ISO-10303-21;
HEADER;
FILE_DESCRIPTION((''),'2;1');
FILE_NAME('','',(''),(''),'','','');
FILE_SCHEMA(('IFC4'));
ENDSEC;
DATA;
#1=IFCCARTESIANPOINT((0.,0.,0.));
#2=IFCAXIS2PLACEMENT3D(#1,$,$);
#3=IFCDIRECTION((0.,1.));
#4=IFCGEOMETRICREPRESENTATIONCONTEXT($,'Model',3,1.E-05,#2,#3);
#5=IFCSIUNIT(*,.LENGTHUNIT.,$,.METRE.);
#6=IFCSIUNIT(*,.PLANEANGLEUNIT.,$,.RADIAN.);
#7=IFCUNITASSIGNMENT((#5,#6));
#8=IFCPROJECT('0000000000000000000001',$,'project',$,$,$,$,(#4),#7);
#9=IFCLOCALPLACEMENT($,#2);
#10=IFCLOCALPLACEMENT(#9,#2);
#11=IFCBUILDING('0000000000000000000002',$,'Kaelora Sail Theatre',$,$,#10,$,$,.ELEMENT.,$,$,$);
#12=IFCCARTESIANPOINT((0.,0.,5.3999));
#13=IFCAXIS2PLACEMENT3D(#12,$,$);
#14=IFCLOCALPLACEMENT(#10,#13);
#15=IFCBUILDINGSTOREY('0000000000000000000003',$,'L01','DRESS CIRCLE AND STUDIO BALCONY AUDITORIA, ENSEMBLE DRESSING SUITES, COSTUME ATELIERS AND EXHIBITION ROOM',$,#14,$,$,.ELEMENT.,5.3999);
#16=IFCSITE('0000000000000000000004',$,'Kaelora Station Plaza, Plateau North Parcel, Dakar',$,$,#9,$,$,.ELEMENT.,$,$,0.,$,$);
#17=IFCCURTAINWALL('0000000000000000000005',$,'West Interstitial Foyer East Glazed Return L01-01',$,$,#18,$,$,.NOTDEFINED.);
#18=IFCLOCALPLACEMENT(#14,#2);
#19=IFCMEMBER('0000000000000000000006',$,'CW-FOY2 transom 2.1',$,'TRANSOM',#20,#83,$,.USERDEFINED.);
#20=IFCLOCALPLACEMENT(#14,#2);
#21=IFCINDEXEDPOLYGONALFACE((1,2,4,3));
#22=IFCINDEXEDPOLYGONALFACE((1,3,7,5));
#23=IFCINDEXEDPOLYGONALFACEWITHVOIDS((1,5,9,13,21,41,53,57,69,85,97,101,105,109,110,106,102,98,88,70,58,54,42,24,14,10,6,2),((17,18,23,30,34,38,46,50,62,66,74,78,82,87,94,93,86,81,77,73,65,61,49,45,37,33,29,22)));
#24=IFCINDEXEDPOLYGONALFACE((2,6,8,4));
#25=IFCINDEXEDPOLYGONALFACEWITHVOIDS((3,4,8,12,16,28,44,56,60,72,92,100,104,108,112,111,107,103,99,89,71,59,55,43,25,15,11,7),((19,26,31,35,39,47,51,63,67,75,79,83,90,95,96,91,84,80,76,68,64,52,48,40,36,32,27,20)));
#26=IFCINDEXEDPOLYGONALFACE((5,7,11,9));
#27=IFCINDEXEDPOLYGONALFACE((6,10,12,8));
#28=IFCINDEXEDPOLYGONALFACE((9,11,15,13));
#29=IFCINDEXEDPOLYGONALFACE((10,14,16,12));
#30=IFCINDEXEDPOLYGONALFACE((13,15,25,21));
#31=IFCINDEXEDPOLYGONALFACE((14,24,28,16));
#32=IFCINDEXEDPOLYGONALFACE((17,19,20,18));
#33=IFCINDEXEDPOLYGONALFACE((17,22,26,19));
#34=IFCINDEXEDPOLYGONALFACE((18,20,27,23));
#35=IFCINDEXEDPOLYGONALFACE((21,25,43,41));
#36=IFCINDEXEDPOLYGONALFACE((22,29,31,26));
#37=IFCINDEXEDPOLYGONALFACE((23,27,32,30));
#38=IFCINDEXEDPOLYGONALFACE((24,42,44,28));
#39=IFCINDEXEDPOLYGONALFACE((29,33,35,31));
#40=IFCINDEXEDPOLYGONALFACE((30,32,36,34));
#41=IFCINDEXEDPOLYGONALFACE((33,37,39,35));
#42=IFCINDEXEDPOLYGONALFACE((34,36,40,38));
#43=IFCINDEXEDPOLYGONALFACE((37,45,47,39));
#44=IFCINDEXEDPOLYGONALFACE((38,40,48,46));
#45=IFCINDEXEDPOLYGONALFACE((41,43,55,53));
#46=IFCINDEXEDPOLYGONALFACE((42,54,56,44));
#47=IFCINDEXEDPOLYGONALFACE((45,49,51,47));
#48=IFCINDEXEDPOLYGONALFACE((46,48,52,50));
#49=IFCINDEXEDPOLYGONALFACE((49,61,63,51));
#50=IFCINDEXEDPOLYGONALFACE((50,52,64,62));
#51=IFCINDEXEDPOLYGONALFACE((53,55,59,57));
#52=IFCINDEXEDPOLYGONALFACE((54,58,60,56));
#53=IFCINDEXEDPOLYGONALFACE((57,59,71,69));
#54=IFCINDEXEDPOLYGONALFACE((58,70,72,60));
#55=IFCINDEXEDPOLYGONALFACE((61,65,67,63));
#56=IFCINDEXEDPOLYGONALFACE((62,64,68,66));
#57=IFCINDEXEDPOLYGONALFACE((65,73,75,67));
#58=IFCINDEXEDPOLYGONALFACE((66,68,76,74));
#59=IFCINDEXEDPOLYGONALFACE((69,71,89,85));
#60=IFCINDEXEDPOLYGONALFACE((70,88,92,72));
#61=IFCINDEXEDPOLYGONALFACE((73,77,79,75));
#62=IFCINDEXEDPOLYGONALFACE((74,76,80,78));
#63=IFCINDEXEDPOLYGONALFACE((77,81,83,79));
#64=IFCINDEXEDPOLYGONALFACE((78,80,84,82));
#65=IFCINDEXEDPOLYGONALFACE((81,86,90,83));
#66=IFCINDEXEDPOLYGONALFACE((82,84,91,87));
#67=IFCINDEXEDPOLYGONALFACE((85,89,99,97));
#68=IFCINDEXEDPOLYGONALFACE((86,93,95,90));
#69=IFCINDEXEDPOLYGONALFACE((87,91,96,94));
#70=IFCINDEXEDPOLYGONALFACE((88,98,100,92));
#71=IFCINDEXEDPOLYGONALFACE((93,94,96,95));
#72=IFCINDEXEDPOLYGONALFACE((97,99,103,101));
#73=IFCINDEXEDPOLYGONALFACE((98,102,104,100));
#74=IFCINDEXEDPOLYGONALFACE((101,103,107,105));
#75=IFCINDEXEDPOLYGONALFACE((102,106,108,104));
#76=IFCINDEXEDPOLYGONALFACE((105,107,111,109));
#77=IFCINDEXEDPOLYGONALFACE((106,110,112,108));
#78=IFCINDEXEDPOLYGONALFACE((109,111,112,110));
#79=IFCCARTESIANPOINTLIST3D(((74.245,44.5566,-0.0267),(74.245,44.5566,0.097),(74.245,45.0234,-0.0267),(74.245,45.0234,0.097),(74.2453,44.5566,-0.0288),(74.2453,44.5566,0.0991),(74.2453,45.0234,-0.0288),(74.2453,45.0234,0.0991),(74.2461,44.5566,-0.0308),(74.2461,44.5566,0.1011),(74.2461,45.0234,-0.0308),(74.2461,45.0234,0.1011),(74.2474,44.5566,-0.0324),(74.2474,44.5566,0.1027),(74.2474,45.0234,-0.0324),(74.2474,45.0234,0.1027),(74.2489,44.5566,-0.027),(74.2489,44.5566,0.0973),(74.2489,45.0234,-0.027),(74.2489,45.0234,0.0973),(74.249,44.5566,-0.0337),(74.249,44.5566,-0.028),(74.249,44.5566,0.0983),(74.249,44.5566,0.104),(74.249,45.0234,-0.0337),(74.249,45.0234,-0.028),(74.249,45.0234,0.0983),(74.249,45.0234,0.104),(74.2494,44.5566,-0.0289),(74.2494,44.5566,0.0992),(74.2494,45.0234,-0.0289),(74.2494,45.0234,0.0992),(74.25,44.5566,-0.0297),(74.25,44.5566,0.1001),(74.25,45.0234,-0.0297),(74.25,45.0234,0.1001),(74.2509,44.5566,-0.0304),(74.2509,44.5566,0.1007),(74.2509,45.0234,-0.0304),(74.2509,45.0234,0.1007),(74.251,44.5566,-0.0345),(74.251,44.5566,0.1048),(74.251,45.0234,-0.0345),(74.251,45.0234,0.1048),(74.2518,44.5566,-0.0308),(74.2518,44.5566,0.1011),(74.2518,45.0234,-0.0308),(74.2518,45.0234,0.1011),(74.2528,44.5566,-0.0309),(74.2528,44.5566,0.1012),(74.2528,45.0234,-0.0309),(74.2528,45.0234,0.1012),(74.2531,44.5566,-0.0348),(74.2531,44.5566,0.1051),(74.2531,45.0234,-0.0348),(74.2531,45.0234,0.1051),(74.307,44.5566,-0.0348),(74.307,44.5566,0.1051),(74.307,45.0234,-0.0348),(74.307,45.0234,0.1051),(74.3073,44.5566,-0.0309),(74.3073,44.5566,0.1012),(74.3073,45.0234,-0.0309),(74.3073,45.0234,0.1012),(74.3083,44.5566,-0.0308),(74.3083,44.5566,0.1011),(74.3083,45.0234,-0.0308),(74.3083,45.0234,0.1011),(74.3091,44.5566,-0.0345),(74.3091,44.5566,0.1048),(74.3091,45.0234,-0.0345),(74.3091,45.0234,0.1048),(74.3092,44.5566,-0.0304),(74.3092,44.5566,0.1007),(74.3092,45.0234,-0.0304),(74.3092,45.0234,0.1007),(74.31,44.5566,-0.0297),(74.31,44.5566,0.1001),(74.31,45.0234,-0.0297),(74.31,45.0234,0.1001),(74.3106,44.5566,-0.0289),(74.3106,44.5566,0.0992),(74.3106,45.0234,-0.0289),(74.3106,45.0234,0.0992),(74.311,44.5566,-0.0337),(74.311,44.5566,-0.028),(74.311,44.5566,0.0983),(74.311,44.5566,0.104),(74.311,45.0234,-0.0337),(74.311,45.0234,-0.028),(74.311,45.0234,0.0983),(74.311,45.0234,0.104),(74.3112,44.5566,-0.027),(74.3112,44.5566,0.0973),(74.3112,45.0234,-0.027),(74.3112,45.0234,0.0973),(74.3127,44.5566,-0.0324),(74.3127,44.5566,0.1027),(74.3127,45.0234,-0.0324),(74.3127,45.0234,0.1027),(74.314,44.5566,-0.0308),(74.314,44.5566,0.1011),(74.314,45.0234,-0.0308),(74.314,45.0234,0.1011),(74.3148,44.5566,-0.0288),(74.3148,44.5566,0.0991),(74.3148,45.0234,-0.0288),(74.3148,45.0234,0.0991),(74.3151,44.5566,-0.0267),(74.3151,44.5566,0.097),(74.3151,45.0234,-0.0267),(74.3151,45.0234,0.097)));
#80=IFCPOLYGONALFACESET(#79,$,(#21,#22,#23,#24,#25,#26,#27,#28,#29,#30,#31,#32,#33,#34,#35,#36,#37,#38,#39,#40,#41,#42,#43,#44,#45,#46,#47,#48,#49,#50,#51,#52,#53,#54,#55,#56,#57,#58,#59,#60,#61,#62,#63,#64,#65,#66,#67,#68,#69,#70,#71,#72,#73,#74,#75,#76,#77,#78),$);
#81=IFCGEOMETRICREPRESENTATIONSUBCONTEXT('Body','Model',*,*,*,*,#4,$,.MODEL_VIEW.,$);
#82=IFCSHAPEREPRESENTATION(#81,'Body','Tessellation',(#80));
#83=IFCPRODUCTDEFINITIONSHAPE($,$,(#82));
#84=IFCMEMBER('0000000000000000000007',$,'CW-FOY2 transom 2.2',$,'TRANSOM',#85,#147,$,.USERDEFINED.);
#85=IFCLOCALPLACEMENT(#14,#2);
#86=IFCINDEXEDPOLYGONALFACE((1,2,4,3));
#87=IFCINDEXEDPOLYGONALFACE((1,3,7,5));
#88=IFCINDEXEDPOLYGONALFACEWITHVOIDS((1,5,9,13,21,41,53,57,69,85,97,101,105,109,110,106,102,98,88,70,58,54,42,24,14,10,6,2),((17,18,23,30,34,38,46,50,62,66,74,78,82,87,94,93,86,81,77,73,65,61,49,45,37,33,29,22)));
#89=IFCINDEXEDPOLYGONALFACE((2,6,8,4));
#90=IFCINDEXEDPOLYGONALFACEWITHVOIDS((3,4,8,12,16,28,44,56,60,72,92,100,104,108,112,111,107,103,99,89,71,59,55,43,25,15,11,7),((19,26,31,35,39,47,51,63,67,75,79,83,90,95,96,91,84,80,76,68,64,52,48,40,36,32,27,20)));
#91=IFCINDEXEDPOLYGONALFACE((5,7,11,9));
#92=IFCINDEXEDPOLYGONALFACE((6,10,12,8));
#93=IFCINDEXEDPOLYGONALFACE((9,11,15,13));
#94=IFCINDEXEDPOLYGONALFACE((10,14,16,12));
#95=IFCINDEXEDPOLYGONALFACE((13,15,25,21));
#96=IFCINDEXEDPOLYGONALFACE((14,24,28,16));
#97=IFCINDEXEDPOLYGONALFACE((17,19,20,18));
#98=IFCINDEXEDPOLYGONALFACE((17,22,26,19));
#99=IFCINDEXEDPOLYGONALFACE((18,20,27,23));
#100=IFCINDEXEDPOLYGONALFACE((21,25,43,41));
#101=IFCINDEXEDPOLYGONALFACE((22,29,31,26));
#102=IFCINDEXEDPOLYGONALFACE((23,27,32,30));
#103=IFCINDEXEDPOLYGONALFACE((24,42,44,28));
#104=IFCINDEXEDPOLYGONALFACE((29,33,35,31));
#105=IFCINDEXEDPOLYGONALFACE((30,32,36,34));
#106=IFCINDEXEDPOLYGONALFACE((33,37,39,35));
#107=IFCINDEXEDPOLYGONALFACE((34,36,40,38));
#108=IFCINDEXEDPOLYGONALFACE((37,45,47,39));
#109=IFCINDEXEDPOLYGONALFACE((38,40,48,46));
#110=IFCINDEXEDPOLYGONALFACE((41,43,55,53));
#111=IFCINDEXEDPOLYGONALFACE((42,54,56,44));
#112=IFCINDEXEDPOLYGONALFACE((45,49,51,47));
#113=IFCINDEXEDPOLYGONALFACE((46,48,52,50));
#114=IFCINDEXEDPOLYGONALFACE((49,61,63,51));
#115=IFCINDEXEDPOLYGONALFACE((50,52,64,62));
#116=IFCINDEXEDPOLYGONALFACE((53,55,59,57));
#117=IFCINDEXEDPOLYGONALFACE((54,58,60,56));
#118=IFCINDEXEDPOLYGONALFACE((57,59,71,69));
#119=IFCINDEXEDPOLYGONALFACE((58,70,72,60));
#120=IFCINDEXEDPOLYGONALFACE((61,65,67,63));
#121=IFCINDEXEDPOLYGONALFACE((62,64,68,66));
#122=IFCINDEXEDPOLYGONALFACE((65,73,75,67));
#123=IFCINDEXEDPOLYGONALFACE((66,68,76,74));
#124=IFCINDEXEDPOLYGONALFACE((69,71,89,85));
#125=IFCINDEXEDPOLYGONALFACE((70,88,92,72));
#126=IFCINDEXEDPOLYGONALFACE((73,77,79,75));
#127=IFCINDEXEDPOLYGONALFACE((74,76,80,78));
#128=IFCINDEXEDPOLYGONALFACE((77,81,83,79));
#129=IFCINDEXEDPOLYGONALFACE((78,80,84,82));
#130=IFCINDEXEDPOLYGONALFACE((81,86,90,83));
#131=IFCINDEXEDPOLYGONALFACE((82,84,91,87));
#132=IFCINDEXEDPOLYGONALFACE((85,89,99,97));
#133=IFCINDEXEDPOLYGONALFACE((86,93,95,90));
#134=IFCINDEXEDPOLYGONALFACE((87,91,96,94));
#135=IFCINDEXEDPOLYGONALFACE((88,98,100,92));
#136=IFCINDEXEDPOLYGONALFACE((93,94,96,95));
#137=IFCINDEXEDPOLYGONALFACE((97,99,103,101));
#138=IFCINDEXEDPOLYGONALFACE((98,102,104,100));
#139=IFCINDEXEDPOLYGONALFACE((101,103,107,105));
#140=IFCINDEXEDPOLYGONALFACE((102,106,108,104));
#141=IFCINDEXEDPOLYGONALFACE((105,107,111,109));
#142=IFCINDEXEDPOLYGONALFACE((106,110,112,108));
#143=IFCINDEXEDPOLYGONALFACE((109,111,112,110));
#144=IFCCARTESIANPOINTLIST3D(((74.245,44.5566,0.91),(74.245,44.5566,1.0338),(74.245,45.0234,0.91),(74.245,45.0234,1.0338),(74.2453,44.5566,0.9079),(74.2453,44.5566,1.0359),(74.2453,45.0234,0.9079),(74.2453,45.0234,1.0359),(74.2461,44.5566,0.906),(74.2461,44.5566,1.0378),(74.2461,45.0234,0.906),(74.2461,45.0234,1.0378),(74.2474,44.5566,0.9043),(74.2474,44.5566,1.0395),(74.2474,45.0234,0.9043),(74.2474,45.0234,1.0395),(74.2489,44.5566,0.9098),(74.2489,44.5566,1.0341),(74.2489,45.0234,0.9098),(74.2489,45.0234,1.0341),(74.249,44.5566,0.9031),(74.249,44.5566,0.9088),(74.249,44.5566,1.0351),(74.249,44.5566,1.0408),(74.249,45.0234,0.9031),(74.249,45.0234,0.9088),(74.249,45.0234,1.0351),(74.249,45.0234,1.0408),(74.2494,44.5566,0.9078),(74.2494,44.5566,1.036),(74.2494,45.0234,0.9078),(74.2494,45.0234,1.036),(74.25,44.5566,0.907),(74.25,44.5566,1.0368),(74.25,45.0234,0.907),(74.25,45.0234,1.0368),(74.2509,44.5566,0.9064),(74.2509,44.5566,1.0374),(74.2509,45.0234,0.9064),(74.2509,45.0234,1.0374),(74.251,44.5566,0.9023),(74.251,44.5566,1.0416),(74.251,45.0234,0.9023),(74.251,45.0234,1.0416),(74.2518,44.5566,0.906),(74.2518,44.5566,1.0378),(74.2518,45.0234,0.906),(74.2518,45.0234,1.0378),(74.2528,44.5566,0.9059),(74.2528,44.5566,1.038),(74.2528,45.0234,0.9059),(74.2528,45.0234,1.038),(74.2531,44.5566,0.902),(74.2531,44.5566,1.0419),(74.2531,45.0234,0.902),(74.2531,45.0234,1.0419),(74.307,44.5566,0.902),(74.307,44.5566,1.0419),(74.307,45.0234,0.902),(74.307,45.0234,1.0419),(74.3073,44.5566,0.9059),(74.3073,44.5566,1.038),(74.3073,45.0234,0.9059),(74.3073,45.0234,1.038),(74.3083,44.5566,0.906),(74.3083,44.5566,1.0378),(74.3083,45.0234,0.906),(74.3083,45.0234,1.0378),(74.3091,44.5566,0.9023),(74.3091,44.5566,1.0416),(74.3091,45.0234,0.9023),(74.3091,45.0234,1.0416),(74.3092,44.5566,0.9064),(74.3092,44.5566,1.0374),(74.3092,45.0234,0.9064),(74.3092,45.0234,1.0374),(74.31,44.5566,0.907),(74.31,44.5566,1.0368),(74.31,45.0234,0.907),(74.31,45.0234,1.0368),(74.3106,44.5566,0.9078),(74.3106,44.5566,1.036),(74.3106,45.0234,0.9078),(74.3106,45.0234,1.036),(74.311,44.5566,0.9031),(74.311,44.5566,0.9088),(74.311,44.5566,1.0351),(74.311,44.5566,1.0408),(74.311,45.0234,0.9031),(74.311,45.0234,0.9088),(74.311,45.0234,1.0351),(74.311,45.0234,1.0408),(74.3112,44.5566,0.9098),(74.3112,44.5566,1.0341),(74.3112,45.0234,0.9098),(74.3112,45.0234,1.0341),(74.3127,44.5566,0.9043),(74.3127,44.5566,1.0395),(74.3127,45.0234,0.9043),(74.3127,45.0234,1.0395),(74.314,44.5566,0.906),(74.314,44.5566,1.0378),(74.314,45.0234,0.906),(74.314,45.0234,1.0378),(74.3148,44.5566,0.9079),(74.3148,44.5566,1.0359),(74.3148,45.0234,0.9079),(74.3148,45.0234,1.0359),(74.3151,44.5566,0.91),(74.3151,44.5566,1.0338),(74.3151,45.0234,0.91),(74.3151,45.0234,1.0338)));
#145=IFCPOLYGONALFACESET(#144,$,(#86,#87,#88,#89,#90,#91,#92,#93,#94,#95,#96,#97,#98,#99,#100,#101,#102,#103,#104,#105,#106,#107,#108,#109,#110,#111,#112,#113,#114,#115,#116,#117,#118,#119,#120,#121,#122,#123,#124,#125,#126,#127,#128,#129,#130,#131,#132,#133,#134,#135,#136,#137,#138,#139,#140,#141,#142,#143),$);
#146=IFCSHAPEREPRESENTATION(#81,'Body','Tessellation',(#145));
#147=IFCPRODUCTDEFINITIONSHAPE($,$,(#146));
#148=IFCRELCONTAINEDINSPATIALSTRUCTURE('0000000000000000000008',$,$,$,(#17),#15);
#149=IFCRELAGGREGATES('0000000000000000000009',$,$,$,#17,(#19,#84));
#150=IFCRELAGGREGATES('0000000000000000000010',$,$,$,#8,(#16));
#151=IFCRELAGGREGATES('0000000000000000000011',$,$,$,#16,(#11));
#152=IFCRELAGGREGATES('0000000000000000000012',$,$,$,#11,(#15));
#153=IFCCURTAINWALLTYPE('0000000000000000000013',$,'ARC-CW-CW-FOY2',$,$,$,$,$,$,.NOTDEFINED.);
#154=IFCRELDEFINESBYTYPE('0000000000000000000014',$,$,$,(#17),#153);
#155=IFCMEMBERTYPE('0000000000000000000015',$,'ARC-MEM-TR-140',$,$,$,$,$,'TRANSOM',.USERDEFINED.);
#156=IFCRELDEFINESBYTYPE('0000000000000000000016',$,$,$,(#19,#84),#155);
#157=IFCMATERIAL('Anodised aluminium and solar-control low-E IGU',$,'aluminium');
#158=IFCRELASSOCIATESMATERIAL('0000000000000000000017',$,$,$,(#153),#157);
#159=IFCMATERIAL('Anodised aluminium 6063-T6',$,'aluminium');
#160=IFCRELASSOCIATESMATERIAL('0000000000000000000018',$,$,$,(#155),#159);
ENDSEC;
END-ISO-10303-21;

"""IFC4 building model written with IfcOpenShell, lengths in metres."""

from ifc_helpers import new_model, si_unit, direction, frame, origin, origin_2d, place, context, subcontext, project, spatial, hollow_rectangle, extrude, material, material_profile, profile_set, type_object, element, aggregate, save


model = new_model("IFC4")

# Units and contexts
model_context = context("Model", 3, precision=1e-05, world=origin(), true_north=direction((0.0, 1.0)))
body_context = subcontext(model_context, "Body", "Model", "MODEL_VIEW")
ifc_project = project(units=[si_unit("LENGTHUNIT", "METRE"), si_unit("PLANEANGLEUNIT", "RADIAN")], contexts=[model_context])

# Site, building, storey
site_placement = place(None, origin())
site = spatial("IfcSite", under=ifc_project, at=site_placement, Name="Kaelora Station Plaza, Plateau North Parcel, Dakar", CompositionType="ELEMENT", RefElevation=0.0)
building_placement = place(site_placement, origin())
building = spatial("IfcBuilding", under=site, at=building_placement, Name="Kaelora Sail Theatre", CompositionType="ELEMENT")
storey_placement = place(building_placement, frame((0.0, 0.0, 5.3999)))
storey = spatial("IfcBuildingStorey", under=building, at=storey_placement, Name="L01", Description="DRESS CIRCLE AND STUDIO BALCONY AUDITORIA, ENSEMBLE DRESSING SUITES, COSTUME ATELIERS AND EXHIBITION ROOM", CompositionType="ELEMENT", Elevation=5.3999)

# Curtain wall, members
ifc_material_1 = material(Name="Anodised aluminium and solar-control low-E IGU", Category="aluminium")
curtain_wall_type = type_object("IfcCurtainWallType", Name="ARC-CW-CW-FOY2", PredefinedType="NOTDEFINED", material=ifc_material_1)
curtain_wall_placement = place(storey_placement, origin())
curtain_wall = element("IfcCurtainWall", 1, at=curtain_wall_placement, inside=storey, type_object=curtain_wall_type, Name="West Interstitial Foyer East Glazed Return L01-01", PredefinedType="NOTDEFINED")
ifc_material_2 = material(Name="Anodised aluminium 6063-T6", Category="aluminium")
ifc_material_profile_1 = material_profile(ifc_material_2, hollow_rectangle(XDim=0.0701, YDim=0.1399, WallThickness=0.0039, InnerFilletRadius=0.0039, OuterFilletRadius=0.0081, at=origin_2d()), Name="ALU-TRAN 70x140x4")
ifc_profile_set_1 = profile_set([ifc_material_profile_1], Name="Anodised aluminium 6063-T6")
member_type_1 = type_object("IfcMemberType", Name="ARC-MEM-TR-140", ElementType="TRANSOM", PredefinedType="USERDEFINED", material=ifc_profile_set_1)
member_1_placement = place(storey_placement, frame((74.28, 44.5566, 0.0352), z_axis=(0.0, 1.0, 0.0), x_axis=(-1.0, 0.0, 0.0)))
member_1 = element("IfcMember", 2, at=member_1_placement, type_object=member_type_1, Name="CW-FOY2 transom 2.1", ObjectType="TRANSOM", PredefinedType="USERDEFINED", context=body_context, shape_type="SweptSolid", body=[
    extrude(hollow_rectangle(XDim=0.0701, YDim=0.1399, WallThickness=0.0039, InnerFilletRadius=0.0039, OuterFilletRadius=0.0081, at=origin_2d()), origin(), (0.0, 0.0, 1.0), 0.4668),
])
member_2_placement = place(storey_placement, frame((74.28, 44.5566, 0.9719), z_axis=(0.0, 1.0, 0.0), x_axis=(-1.0, 0.0, 0.0)))
member_2 = element("IfcMember", 3, at=member_2_placement, type_object=member_type_1, Name="CW-FOY2 transom 2.2", ObjectType="TRANSOM", PredefinedType="USERDEFINED", context=body_context, shape_type="SweptSolid", body=[
    extrude(hollow_rectangle(XDim=0.0701, YDim=0.1399, WallThickness=0.0039, InnerFilletRadius=0.0039, OuterFilletRadius=0.0081, at=origin_2d()), origin(), (0.0, 0.0, 1.0), 0.4668),
])

aggregate(curtain_wall, [member_1, member_2])

save(model, "model.ifc")
